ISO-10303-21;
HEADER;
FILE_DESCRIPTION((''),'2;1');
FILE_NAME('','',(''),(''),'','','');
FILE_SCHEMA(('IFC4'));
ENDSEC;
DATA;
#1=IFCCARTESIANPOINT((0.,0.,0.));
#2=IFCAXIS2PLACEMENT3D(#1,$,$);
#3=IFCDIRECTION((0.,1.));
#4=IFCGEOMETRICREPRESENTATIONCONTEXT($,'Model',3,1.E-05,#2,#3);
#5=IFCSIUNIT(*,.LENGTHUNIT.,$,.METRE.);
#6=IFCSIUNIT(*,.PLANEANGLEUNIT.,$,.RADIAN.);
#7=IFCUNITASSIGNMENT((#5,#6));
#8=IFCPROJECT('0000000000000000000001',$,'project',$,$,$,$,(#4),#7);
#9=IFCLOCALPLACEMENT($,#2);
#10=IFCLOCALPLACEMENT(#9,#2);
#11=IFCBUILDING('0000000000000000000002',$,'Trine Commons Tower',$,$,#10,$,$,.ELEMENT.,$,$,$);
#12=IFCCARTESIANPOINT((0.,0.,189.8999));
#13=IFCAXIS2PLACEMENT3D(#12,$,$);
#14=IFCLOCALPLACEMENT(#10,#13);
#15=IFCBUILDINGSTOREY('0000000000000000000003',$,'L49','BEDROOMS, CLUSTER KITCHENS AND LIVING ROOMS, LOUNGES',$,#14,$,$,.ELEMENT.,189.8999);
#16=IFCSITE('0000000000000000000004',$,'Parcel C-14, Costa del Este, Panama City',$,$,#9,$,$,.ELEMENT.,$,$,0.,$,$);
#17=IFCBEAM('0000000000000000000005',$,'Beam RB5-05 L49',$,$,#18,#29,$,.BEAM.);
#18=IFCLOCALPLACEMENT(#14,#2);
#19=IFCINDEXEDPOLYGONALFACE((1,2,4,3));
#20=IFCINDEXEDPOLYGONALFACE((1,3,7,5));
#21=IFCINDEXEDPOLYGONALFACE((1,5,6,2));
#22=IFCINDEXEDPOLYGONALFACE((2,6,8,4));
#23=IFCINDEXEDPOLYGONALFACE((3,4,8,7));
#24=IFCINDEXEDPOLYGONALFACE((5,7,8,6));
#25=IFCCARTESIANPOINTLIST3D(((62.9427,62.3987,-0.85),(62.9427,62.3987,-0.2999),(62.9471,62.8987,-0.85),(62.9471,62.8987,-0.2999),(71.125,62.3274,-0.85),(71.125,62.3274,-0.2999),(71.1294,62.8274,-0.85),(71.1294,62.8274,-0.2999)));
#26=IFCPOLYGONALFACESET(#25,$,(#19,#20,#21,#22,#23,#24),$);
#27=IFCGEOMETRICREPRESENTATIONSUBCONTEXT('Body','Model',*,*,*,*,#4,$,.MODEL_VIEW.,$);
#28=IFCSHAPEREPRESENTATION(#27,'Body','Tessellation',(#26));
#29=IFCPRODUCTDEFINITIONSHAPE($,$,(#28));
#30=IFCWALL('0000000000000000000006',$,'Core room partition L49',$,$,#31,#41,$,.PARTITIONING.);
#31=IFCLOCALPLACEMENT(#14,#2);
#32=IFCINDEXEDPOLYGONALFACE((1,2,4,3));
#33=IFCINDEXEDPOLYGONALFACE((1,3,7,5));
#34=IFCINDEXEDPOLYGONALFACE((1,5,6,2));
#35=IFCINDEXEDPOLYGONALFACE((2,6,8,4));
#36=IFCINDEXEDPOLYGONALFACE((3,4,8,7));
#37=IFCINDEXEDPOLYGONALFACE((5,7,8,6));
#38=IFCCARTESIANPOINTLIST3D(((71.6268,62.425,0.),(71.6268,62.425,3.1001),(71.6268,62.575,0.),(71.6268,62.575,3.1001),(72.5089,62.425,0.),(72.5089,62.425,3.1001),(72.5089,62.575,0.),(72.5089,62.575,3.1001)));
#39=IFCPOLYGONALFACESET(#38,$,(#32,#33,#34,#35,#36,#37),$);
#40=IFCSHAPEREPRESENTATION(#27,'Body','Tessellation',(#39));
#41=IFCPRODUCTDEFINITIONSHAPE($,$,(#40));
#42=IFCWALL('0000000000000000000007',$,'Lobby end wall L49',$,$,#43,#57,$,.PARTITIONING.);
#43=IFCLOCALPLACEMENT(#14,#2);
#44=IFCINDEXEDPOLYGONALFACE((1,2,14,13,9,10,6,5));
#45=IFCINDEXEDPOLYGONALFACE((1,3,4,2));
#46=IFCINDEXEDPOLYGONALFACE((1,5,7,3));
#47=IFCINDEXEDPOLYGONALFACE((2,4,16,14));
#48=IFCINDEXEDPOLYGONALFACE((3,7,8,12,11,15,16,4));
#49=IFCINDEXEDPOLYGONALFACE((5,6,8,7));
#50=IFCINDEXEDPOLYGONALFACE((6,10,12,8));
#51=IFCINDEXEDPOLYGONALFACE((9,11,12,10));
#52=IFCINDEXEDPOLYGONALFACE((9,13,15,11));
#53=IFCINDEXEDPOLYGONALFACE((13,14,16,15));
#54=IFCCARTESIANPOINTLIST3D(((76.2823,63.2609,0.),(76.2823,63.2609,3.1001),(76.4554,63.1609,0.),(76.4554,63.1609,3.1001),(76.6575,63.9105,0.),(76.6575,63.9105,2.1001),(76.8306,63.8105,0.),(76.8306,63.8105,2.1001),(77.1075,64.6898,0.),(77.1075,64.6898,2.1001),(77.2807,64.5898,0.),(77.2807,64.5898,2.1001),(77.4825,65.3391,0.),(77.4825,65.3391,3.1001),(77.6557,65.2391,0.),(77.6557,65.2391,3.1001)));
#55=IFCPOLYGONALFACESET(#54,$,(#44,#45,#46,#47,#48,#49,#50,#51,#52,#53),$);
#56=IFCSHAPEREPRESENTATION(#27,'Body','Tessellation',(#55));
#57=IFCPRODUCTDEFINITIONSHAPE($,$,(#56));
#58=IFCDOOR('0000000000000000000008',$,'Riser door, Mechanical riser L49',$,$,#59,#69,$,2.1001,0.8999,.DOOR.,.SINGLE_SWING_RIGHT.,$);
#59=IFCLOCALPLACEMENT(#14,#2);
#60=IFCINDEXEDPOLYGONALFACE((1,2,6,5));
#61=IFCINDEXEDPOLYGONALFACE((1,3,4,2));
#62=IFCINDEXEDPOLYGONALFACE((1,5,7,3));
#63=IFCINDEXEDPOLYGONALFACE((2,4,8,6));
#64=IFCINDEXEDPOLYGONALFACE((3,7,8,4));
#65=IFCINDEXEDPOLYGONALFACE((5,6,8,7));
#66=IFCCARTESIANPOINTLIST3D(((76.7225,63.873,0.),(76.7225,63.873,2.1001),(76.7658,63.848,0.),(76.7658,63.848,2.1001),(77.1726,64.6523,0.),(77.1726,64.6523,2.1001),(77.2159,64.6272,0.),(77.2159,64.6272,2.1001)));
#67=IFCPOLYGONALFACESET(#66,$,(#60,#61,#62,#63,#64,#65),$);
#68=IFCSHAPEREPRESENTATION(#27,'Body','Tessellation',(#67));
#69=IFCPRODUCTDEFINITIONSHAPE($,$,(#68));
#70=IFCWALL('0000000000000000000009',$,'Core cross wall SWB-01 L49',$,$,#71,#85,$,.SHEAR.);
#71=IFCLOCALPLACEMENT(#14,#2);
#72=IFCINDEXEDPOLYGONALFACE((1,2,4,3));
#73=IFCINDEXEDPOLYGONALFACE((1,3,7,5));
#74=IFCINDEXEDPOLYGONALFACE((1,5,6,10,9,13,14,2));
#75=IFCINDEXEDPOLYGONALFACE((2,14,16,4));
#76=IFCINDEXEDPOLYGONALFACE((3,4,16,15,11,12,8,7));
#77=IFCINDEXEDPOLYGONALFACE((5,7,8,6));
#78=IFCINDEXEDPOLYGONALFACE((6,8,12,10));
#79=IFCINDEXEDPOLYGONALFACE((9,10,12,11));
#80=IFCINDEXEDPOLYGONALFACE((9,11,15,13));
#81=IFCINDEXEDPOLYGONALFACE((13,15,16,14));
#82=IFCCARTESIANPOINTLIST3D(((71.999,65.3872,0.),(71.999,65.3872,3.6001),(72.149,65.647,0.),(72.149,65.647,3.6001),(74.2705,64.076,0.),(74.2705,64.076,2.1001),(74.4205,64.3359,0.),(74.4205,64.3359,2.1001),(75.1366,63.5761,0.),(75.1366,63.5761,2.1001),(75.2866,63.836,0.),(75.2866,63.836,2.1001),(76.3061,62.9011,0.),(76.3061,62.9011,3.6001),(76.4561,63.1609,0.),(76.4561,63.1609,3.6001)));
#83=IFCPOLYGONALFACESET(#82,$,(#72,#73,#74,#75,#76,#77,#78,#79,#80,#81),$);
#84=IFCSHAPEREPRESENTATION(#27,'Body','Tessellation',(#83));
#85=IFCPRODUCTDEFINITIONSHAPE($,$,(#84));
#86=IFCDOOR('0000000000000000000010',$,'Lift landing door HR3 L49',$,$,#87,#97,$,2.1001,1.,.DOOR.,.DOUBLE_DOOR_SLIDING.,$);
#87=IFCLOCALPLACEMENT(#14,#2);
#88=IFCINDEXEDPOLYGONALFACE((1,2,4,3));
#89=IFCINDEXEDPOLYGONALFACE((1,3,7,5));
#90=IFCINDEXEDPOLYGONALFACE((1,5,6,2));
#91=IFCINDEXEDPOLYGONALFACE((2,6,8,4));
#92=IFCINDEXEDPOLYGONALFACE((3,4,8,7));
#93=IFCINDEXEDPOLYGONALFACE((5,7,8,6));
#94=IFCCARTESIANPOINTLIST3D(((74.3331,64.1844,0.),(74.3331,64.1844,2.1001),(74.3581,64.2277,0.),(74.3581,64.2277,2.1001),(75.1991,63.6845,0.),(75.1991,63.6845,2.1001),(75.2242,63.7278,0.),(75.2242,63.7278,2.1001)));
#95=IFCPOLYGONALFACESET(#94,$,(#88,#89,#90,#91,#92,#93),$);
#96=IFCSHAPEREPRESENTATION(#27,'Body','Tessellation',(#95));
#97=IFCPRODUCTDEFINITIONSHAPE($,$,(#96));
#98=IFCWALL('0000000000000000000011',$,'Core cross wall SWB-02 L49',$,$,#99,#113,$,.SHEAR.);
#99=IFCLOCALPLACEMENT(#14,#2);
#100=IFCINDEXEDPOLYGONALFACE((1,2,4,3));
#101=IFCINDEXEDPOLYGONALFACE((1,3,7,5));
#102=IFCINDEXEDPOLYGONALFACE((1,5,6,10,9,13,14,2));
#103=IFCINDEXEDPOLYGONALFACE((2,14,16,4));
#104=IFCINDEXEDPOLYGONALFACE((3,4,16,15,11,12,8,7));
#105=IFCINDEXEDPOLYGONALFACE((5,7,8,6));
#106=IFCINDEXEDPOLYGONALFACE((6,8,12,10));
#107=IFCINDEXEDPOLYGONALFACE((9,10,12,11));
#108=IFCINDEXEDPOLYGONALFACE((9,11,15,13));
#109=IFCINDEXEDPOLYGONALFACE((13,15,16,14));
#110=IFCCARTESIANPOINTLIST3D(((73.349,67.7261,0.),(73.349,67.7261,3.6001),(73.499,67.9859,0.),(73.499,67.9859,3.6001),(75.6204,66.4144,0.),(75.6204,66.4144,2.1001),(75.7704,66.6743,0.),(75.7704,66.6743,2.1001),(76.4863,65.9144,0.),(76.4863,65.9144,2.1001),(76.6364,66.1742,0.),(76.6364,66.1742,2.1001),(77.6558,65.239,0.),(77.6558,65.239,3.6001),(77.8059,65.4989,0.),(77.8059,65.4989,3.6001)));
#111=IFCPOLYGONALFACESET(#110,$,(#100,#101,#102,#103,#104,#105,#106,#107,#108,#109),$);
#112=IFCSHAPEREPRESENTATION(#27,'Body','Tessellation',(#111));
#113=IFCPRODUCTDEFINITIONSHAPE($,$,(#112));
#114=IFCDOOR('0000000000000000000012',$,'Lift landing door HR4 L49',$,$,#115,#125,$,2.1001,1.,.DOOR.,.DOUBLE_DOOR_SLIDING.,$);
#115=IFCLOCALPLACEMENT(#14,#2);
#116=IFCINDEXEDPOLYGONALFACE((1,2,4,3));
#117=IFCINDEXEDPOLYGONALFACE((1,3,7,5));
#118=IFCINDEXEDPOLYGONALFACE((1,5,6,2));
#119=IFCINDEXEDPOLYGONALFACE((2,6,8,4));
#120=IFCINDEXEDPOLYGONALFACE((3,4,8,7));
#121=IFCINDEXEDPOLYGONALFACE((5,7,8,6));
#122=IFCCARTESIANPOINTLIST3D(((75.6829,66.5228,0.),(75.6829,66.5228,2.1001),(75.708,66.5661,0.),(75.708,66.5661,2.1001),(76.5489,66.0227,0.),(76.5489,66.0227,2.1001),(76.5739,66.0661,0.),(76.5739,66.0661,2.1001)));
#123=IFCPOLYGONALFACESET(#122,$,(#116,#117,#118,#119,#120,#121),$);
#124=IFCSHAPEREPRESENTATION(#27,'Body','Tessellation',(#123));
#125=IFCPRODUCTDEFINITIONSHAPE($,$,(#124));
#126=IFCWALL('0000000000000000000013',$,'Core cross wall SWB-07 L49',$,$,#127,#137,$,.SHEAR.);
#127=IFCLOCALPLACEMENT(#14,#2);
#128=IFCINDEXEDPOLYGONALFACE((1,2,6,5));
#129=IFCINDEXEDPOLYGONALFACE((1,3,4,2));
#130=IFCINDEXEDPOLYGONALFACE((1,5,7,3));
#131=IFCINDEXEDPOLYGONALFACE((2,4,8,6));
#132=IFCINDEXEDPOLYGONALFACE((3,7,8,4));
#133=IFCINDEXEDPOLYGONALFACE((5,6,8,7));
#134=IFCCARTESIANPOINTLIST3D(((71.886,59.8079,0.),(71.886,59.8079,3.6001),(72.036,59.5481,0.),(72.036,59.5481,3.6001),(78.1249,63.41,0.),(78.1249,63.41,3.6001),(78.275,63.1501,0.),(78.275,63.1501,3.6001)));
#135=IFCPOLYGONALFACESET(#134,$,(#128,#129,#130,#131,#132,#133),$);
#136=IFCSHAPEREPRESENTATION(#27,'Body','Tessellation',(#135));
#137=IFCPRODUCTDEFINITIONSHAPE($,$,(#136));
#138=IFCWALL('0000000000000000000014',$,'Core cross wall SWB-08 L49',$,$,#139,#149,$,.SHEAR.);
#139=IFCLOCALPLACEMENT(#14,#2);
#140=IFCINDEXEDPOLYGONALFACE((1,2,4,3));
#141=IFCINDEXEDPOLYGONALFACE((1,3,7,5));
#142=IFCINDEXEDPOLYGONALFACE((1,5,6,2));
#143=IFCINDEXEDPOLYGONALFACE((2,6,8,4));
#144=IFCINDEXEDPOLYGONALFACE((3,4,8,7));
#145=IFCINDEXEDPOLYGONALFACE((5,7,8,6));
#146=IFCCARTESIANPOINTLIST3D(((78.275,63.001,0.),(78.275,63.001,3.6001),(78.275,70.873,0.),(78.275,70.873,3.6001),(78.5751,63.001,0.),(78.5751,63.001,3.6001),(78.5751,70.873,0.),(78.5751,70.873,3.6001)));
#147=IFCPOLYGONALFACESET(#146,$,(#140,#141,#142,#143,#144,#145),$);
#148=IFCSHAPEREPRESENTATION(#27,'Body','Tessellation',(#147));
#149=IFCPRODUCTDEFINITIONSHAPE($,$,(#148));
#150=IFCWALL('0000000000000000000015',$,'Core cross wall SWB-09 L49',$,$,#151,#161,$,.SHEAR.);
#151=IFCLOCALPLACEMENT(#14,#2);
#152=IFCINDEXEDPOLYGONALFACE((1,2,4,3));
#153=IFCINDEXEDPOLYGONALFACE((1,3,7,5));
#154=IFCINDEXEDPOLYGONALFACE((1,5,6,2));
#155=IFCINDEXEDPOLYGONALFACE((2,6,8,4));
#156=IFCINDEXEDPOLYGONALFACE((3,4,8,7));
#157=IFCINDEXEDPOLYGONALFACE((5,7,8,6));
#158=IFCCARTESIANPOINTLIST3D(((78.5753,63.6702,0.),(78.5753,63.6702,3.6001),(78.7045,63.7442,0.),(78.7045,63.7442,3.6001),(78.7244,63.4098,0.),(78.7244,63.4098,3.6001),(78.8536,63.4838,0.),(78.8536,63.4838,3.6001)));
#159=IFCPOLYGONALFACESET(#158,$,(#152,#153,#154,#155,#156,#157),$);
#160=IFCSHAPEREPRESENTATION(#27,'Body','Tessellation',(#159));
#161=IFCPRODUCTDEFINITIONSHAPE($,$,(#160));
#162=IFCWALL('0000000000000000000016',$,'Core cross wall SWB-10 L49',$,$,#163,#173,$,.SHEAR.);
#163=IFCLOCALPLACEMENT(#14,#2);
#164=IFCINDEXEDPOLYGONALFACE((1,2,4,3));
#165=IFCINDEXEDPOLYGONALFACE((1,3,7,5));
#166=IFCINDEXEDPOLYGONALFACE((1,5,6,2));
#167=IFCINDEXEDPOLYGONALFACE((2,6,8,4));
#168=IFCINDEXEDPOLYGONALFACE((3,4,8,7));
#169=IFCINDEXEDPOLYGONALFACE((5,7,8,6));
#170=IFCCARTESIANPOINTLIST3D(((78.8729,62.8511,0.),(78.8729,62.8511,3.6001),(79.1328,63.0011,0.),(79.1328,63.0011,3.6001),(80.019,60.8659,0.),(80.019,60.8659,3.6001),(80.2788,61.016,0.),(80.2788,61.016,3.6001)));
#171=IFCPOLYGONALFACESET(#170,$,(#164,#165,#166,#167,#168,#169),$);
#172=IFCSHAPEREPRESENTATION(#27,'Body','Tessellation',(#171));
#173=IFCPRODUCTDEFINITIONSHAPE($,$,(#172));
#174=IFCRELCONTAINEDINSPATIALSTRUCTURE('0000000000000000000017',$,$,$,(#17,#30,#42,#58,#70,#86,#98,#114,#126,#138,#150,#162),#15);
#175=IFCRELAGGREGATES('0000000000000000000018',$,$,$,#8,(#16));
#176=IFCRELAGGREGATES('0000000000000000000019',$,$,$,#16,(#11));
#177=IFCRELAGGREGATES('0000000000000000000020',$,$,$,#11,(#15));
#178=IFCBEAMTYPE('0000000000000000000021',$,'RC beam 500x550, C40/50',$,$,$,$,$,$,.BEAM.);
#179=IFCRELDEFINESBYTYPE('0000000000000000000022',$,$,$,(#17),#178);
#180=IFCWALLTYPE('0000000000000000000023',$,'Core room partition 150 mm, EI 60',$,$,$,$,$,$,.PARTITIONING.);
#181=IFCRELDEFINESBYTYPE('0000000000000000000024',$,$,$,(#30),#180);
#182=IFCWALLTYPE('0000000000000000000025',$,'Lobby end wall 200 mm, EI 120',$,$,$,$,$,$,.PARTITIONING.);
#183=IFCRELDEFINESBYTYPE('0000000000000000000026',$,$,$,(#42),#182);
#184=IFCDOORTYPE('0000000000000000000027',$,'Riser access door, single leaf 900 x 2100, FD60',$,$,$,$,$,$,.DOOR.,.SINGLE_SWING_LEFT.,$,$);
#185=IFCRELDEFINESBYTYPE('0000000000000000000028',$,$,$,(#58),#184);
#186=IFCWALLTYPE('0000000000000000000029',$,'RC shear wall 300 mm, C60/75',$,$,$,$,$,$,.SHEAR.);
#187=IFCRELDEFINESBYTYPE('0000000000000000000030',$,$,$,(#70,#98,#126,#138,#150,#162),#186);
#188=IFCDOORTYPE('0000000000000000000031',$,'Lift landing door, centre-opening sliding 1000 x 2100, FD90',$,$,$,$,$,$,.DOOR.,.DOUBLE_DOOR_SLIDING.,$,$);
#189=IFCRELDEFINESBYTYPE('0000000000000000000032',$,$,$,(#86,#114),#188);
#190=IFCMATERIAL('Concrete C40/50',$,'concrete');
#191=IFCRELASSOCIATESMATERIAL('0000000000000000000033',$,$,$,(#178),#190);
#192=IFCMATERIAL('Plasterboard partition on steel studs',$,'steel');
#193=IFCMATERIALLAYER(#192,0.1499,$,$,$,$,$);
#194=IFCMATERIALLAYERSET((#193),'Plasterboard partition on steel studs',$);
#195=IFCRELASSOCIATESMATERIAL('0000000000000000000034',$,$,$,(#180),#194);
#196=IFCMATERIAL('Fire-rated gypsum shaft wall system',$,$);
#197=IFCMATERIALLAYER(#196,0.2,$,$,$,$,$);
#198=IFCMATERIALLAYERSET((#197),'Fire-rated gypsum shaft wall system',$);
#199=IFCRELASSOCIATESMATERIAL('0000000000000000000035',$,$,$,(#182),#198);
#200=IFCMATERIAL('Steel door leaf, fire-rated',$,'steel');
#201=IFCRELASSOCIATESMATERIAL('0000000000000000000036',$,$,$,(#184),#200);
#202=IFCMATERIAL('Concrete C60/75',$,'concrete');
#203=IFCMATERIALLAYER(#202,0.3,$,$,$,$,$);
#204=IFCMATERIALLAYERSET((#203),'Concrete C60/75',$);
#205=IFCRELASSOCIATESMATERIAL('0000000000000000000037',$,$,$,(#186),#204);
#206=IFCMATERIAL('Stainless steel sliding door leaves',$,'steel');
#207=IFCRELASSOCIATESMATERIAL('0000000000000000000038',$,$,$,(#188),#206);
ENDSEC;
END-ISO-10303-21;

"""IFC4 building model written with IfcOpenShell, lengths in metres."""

from ifc_helpers import new_model, si_unit, direction, frame, frame_2d, origin, origin_2d, place, context, subcontext, project, spatial, rectangle, extrude, material, layer, layer_set, material_profile, profile_set, type_object, element, fill, save


model = new_model("IFC4")

# Units and contexts
model_context = context("Model", 3, precision=1e-05, world=origin(), true_north=direction((0.0, 1.0)))
body_context = subcontext(model_context, "Body", "Model", "MODEL_VIEW")
ifc_project = project(units=[si_unit("LENGTHUNIT", "METRE"), si_unit("PLANEANGLEUNIT", "RADIAN")], contexts=[model_context])

# Site, building, storey
site_placement = place(None, origin())
site = spatial("IfcSite", under=ifc_project, at=site_placement, Name="Parcel C-14, Costa del Este, Panama City", CompositionType="ELEMENT", RefElevation=0.0)
building_placement = place(site_placement, origin())
building = spatial("IfcBuilding", under=site, at=building_placement, Name="Trine Commons Tower", CompositionType="ELEMENT")
storey_placement = place(building_placement, frame((0.0, 0.0, 189.8999)))
storey = spatial("IfcBuildingStorey", under=building, at=storey_placement, Name="L49", Description="BEDROOMS, CLUSTER KITCHENS AND LIVING ROOMS, LOUNGES", CompositionType="ELEMENT", Elevation=189.8999)

# Beam
ifc_material_1 = material(Name="Concrete C40/50", Category="concrete")
ifc_material_profile = material_profile(ifc_material_1, rectangle(XDim=0.5, YDim=0.55, at=origin_2d()), Name="RC 500x550")
ifc_profile_set = profile_set([ifc_material_profile], Name="Concrete C40/50")
beam_type = type_object("IfcBeamType", Name="RC beam 500x550, C40/50", PredefinedType="BEAM", material=ifc_profile_set)
beam_placement = place(storey_placement, frame((71.1272, 62.5774, -0.575), z_axis=(-0.999962, 0.008712, 0.0), x_axis=(-0.008712, -0.999962, 0.0)))
element("IfcBeam", 1, at=beam_placement, inside=storey, type_object=beam_type, Name="Beam RB5-05 L49", PredefinedType="BEAM", context=body_context, shape_type="SweptSolid", body=[
    extrude(rectangle(XDim=0.5, YDim=0.55, at=origin_2d()), origin(), (0.0, 0.0, 1.0), 8.1826),
])

# Wall
ifc_material_2 = material(Name="Plasterboard partition on steel studs", Category="steel")
ifc_layer_1 = layer(ifc_material_2, 0.1499)
ifc_layer_set_1 = layer_set([ifc_layer_1], Name="Plasterboard partition on steel studs")
wall_type_1 = type_object("IfcWallType", Name="Core room partition 150 mm, EI 60", PredefinedType="PARTITIONING", material=ifc_layer_set_1)
wall_1_placement = place(storey_placement, frame((71.627, 62.5, 0.0), z_axis=(0.0, 0.0, 1.0), x_axis=(1.0, 0.0, 0.0)))
element("IfcWall", 2, at=wall_1_placement, inside=storey, type_object=wall_type_1, Name="Core room partition L49", PredefinedType="PARTITIONING", context=body_context, shape_type="SweptSolid", body=[
    extrude(rectangle(XDim=0.8821, YDim=0.1499, at=frame_2d((0.4409, 0.0))), origin(), (0.0, 0.0, 1.0), 3.1001),
])

# Walls, openings, doors
ifc_material_3 = material(Name="Fire-rated gypsum shaft wall system")
ifc_layer_2 = layer(ifc_material_3, 0.2)
ifc_layer_set_2 = layer_set([ifc_layer_2], Name="Fire-rated gypsum shaft wall system")
wall_type_2 = type_object("IfcWallType", Name="Lobby end wall 200 mm, EI 120", PredefinedType="PARTITIONING", material=ifc_layer_set_2)
wall_2_placement = place(storey_placement, frame((77.5691, 65.2891, 0.0), z_axis=(0.0, 0.0, 1.0), x_axis=(-0.500122, -0.865955, 0.0)))
wall_2 = element("IfcWall", 3, at=wall_2_placement, inside=storey, type_object=wall_type_2, Name="Lobby end wall L49", PredefinedType="PARTITIONING", context=body_context, shape_type="SweptSolid", body=[
    extrude(rectangle(XDim=2.3999, YDim=0.2, at=frame_2d((1.2, 0.0))), origin(), (0.0, 0.0, 1.0), 3.1001),
])
opening_1_placement = place(wall_2_placement, frame((0.7498, 0.0, 0.0)))
opening_1 = element("IfcOpeningElement", 4, at=opening_1_placement, cuts=wall_2, PredefinedType="OPENING", context=body_context, shape_type="SweptSolid", body=[
    extrude(rectangle(XDim=0.8999, YDim=2.1001, at=frame_2d((0.45, 1.05))), frame((0.0, 0.1099, 0.0), z_axis=(0.0, -1.0, 0.0), x_axis=(1.0, 0.0, 0.0)), (0.0, 0.0, 1.0), 0.22),
])
ifc_material_4 = material(Name="Steel door leaf, fire-rated", Category="steel")
door_type_1 = type_object("IfcDoorType", Name="Riser access door, single leaf 900 x 2100, FD60", OperationType="SINGLE_SWING_LEFT", PredefinedType="DOOR", material=ifc_material_4)
door_1_placement = place(opening_1_placement, frame((0.8999, 0.0, 0.0), z_axis=(0.0, 0.0, 1.0), x_axis=(-1.0, 0.0, 0.0)))
door_1 = element("IfcDoor", 5, at=door_1_placement, inside=storey, type_object=door_type_1, Name="Riser door, Mechanical riser L49", OperationType="SINGLE_SWING_RIGHT", OverallHeight=2.1001, OverallWidth=0.8999, PredefinedType="DOOR", context=body_context, shape_type="SweptSolid", body=[
    extrude(rectangle(XDim=0.8999, YDim=2.1001, at=frame_2d((0.45, 1.05))), frame((0.0, 0.0249, 0.0), z_axis=(0.0, -1.0, 0.0), x_axis=(1.0, 0.0, 0.0)), (0.0, 0.0, 1.0), 0.05),
])
fill(opening_1, door_1)
ifc_material_5 = material(Name="Concrete C60/75", Category="concrete")
ifc_layer_3 = layer(ifc_material_5, 0.3)
ifc_layer_set_3 = layer_set([ifc_layer_3], Name="Concrete C60/75")
wall_type_3 = type_object("IfcWallType", Name="RC shear wall 300 mm, C60/75", PredefinedType="SHEAR", material=ifc_layer_set_3)
wall_3_placement = place(storey_placement, frame((76.3811, 63.031, 0.0), z_axis=(0.0, 0.0, 1.0), x_axis=(-0.866081, 0.499904, 0.0)))
wall_3 = element("IfcWall", 6, at=wall_3_placement, inside=storey, type_object=wall_type_3, Name="Core cross wall SWB-01 L49", PredefinedType="SHEAR", context=body_context, shape_type="SweptSolid", body=[
    extrude(rectangle(XDim=4.9731, YDim=0.3, at=frame_2d((2.4866, 0.0))), origin(), (0.0, 0.0, 1.0), 3.6001),
])
opening_2_placement = place(wall_3_placement, frame((1.3503, 0.0, 0.0)))
opening_2 = element("IfcOpeningElement", 7, at=opening_2_placement, cuts=wall_3, PredefinedType="OPENING", context=body_context, shape_type="SweptSolid", body=[
    extrude(rectangle(XDim=1.0, YDim=2.1001, at=frame_2d((0.5, 1.05))), frame((0.0, 0.1599, 0.0), z_axis=(0.0, -1.0, 0.0), x_axis=(1.0, 0.0, 0.0)), (0.0, 0.0, 1.0), 0.3201),
])
ifc_material_6 = material(Name="Stainless steel sliding door leaves", Category="steel")
door_type_2 = type_object("IfcDoorType", Name="Lift landing door, centre-opening sliding 1000 x 2100, FD90", OperationType="DOUBLE_DOOR_SLIDING", PredefinedType="DOOR", material=ifc_material_6)
door_2_placement = place(opening_2_placement, origin())
door_2 = element("IfcDoor", 8, at=door_2_placement, inside=storey, type_object=door_type_2, Name="Lift landing door HR3 L49", OperationType="DOUBLE_DOOR_SLIDING", OverallHeight=2.1001, OverallWidth=1.0, PredefinedType="DOOR", context=body_context, shape_type="SweptSolid", body=[
    extrude(rectangle(XDim=1.0, YDim=2.1001, at=frame_2d((0.5, 1.05))), frame((0.0, 0.0249, 0.0), z_axis=(0.0, -1.0, 0.0), x_axis=(1.0, 0.0, 0.0)), (0.0, 0.0, 1.0), 0.05),
])
fill(opening_2, door_2)
wall_4_placement = place(storey_placement, frame((77.731, 65.3689, 0.0), z_axis=(0.0, 0.0, 1.0), x_axis=(-0.865984, 0.500072, 0.0)))
wall_4 = element("IfcWall", 9, at=wall_4_placement, inside=storey, type_object=wall_type_3, Name="Core cross wall SWB-02 L49", PredefinedType="SHEAR", context=body_context, shape_type="SweptSolid", body=[
    extrude(rectangle(XDim=4.9734, YDim=0.3, at=frame_2d((2.4868, 0.0))), origin(), (0.0, 0.0, 1.0), 3.6001),
])
opening_3_placement = place(wall_4_placement, frame((1.3506, 0.0, 0.0)))
opening_3 = element("IfcOpeningElement", 10, at=opening_3_placement, cuts=wall_4, PredefinedType="OPENING", context=body_context, shape_type="SweptSolid", body=[
    extrude(rectangle(XDim=1.0, YDim=2.1001, at=frame_2d((0.5, 1.05))), frame((0.0, 0.1599, 0.0), z_axis=(0.0, -1.0, 0.0), x_axis=(1.0, 0.0, 0.0)), (0.0, 0.0, 1.0), 0.3201),
])
door_3_placement = place(opening_3_placement, origin())
door_3 = element("IfcDoor", 11, at=door_3_placement, inside=storey, type_object=door_type_2, Name="Lift landing door HR4 L49", OperationType="DOUBLE_DOOR_SLIDING", OverallHeight=2.1001, OverallWidth=1.0, PredefinedType="DOOR", context=body_context, shape_type="SweptSolid", body=[
    extrude(rectangle(XDim=1.0, YDim=2.1001, at=frame_2d((0.5, 1.05))), frame((0.0, 0.0249, 0.0), z_axis=(0.0, -1.0, 0.0), x_axis=(1.0, 0.0, 0.0)), (0.0, 0.0, 1.0), 0.05),
])
fill(opening_3, door_3)

# Walls
wall_5_placement = place(storey_placement, frame((78.2, 63.28, 0.0), z_axis=(0.0, 0.0, 1.0), x_axis=(-0.866028, -0.499995, 0.0)))
element("IfcWall", 12, at=wall_5_placement, inside=storey, type_object=wall_type_3, Name="Core cross wall SWB-07 L49", PredefinedType="SHEAR", context=body_context, shape_type="SweptSolid", body=[
    extrude(rectangle(XDim=7.2041, YDim=0.3, at=frame_2d((3.6021, 0.0))), origin(), (0.0, 0.0, 1.0), 3.6001),
])
wall_6_placement = place(storey_placement, frame((78.425, 63.001, 0.0), z_axis=(0.0, 0.0, 1.0), x_axis=(0.0, 1.0, 0.0)))
element("IfcWall", 13, at=wall_6_placement, inside=storey, type_object=wall_type_3, Name="Core cross wall SWB-08 L49", PredefinedType="SHEAR", context=body_context, shape_type="SweptSolid", body=[
    extrude(rectangle(XDim=7.8721, YDim=0.3, at=frame_2d((3.936, 0.0))), origin(), (0.0, 0.0, 1.0), 3.6001),
])
wall_7_placement = place(storey_placement, frame((78.7791, 63.614, 0.0), z_axis=(0.0, 0.0, 1.0), x_axis=(-0.867738, -0.497022, 0.0)))
element("IfcWall", 14, at=wall_7_placement, inside=storey, type_object=wall_type_3, Name="Core cross wall SWB-09 L49", PredefinedType="SHEAR", context=body_context, shape_type="SweptSolid", body=[
    extrude(rectangle(XDim=0.1489, YDim=0.3, at=frame_2d((0.0745, 0.0))), origin(), (0.0, 0.0, 1.0), 3.6001),
])
wall_8_placement = place(storey_placement, frame((79.0029, 62.926, 0.0), z_axis=(0.0, 0.0, 1.0), x_axis=(0.499965, -0.866045, 0.0)))
element("IfcWall", 15, at=wall_8_placement, inside=storey, type_object=wall_type_3, Name="Core cross wall SWB-10 L49", PredefinedType="SHEAR", context=body_context, shape_type="SweptSolid", body=[
    extrude(rectangle(XDim=2.2922, YDim=0.3, at=frame_2d((1.146, 0.0))), origin(), (0.0, 0.0, 1.0), 3.6001),
])

save(model, "model.ifc")
